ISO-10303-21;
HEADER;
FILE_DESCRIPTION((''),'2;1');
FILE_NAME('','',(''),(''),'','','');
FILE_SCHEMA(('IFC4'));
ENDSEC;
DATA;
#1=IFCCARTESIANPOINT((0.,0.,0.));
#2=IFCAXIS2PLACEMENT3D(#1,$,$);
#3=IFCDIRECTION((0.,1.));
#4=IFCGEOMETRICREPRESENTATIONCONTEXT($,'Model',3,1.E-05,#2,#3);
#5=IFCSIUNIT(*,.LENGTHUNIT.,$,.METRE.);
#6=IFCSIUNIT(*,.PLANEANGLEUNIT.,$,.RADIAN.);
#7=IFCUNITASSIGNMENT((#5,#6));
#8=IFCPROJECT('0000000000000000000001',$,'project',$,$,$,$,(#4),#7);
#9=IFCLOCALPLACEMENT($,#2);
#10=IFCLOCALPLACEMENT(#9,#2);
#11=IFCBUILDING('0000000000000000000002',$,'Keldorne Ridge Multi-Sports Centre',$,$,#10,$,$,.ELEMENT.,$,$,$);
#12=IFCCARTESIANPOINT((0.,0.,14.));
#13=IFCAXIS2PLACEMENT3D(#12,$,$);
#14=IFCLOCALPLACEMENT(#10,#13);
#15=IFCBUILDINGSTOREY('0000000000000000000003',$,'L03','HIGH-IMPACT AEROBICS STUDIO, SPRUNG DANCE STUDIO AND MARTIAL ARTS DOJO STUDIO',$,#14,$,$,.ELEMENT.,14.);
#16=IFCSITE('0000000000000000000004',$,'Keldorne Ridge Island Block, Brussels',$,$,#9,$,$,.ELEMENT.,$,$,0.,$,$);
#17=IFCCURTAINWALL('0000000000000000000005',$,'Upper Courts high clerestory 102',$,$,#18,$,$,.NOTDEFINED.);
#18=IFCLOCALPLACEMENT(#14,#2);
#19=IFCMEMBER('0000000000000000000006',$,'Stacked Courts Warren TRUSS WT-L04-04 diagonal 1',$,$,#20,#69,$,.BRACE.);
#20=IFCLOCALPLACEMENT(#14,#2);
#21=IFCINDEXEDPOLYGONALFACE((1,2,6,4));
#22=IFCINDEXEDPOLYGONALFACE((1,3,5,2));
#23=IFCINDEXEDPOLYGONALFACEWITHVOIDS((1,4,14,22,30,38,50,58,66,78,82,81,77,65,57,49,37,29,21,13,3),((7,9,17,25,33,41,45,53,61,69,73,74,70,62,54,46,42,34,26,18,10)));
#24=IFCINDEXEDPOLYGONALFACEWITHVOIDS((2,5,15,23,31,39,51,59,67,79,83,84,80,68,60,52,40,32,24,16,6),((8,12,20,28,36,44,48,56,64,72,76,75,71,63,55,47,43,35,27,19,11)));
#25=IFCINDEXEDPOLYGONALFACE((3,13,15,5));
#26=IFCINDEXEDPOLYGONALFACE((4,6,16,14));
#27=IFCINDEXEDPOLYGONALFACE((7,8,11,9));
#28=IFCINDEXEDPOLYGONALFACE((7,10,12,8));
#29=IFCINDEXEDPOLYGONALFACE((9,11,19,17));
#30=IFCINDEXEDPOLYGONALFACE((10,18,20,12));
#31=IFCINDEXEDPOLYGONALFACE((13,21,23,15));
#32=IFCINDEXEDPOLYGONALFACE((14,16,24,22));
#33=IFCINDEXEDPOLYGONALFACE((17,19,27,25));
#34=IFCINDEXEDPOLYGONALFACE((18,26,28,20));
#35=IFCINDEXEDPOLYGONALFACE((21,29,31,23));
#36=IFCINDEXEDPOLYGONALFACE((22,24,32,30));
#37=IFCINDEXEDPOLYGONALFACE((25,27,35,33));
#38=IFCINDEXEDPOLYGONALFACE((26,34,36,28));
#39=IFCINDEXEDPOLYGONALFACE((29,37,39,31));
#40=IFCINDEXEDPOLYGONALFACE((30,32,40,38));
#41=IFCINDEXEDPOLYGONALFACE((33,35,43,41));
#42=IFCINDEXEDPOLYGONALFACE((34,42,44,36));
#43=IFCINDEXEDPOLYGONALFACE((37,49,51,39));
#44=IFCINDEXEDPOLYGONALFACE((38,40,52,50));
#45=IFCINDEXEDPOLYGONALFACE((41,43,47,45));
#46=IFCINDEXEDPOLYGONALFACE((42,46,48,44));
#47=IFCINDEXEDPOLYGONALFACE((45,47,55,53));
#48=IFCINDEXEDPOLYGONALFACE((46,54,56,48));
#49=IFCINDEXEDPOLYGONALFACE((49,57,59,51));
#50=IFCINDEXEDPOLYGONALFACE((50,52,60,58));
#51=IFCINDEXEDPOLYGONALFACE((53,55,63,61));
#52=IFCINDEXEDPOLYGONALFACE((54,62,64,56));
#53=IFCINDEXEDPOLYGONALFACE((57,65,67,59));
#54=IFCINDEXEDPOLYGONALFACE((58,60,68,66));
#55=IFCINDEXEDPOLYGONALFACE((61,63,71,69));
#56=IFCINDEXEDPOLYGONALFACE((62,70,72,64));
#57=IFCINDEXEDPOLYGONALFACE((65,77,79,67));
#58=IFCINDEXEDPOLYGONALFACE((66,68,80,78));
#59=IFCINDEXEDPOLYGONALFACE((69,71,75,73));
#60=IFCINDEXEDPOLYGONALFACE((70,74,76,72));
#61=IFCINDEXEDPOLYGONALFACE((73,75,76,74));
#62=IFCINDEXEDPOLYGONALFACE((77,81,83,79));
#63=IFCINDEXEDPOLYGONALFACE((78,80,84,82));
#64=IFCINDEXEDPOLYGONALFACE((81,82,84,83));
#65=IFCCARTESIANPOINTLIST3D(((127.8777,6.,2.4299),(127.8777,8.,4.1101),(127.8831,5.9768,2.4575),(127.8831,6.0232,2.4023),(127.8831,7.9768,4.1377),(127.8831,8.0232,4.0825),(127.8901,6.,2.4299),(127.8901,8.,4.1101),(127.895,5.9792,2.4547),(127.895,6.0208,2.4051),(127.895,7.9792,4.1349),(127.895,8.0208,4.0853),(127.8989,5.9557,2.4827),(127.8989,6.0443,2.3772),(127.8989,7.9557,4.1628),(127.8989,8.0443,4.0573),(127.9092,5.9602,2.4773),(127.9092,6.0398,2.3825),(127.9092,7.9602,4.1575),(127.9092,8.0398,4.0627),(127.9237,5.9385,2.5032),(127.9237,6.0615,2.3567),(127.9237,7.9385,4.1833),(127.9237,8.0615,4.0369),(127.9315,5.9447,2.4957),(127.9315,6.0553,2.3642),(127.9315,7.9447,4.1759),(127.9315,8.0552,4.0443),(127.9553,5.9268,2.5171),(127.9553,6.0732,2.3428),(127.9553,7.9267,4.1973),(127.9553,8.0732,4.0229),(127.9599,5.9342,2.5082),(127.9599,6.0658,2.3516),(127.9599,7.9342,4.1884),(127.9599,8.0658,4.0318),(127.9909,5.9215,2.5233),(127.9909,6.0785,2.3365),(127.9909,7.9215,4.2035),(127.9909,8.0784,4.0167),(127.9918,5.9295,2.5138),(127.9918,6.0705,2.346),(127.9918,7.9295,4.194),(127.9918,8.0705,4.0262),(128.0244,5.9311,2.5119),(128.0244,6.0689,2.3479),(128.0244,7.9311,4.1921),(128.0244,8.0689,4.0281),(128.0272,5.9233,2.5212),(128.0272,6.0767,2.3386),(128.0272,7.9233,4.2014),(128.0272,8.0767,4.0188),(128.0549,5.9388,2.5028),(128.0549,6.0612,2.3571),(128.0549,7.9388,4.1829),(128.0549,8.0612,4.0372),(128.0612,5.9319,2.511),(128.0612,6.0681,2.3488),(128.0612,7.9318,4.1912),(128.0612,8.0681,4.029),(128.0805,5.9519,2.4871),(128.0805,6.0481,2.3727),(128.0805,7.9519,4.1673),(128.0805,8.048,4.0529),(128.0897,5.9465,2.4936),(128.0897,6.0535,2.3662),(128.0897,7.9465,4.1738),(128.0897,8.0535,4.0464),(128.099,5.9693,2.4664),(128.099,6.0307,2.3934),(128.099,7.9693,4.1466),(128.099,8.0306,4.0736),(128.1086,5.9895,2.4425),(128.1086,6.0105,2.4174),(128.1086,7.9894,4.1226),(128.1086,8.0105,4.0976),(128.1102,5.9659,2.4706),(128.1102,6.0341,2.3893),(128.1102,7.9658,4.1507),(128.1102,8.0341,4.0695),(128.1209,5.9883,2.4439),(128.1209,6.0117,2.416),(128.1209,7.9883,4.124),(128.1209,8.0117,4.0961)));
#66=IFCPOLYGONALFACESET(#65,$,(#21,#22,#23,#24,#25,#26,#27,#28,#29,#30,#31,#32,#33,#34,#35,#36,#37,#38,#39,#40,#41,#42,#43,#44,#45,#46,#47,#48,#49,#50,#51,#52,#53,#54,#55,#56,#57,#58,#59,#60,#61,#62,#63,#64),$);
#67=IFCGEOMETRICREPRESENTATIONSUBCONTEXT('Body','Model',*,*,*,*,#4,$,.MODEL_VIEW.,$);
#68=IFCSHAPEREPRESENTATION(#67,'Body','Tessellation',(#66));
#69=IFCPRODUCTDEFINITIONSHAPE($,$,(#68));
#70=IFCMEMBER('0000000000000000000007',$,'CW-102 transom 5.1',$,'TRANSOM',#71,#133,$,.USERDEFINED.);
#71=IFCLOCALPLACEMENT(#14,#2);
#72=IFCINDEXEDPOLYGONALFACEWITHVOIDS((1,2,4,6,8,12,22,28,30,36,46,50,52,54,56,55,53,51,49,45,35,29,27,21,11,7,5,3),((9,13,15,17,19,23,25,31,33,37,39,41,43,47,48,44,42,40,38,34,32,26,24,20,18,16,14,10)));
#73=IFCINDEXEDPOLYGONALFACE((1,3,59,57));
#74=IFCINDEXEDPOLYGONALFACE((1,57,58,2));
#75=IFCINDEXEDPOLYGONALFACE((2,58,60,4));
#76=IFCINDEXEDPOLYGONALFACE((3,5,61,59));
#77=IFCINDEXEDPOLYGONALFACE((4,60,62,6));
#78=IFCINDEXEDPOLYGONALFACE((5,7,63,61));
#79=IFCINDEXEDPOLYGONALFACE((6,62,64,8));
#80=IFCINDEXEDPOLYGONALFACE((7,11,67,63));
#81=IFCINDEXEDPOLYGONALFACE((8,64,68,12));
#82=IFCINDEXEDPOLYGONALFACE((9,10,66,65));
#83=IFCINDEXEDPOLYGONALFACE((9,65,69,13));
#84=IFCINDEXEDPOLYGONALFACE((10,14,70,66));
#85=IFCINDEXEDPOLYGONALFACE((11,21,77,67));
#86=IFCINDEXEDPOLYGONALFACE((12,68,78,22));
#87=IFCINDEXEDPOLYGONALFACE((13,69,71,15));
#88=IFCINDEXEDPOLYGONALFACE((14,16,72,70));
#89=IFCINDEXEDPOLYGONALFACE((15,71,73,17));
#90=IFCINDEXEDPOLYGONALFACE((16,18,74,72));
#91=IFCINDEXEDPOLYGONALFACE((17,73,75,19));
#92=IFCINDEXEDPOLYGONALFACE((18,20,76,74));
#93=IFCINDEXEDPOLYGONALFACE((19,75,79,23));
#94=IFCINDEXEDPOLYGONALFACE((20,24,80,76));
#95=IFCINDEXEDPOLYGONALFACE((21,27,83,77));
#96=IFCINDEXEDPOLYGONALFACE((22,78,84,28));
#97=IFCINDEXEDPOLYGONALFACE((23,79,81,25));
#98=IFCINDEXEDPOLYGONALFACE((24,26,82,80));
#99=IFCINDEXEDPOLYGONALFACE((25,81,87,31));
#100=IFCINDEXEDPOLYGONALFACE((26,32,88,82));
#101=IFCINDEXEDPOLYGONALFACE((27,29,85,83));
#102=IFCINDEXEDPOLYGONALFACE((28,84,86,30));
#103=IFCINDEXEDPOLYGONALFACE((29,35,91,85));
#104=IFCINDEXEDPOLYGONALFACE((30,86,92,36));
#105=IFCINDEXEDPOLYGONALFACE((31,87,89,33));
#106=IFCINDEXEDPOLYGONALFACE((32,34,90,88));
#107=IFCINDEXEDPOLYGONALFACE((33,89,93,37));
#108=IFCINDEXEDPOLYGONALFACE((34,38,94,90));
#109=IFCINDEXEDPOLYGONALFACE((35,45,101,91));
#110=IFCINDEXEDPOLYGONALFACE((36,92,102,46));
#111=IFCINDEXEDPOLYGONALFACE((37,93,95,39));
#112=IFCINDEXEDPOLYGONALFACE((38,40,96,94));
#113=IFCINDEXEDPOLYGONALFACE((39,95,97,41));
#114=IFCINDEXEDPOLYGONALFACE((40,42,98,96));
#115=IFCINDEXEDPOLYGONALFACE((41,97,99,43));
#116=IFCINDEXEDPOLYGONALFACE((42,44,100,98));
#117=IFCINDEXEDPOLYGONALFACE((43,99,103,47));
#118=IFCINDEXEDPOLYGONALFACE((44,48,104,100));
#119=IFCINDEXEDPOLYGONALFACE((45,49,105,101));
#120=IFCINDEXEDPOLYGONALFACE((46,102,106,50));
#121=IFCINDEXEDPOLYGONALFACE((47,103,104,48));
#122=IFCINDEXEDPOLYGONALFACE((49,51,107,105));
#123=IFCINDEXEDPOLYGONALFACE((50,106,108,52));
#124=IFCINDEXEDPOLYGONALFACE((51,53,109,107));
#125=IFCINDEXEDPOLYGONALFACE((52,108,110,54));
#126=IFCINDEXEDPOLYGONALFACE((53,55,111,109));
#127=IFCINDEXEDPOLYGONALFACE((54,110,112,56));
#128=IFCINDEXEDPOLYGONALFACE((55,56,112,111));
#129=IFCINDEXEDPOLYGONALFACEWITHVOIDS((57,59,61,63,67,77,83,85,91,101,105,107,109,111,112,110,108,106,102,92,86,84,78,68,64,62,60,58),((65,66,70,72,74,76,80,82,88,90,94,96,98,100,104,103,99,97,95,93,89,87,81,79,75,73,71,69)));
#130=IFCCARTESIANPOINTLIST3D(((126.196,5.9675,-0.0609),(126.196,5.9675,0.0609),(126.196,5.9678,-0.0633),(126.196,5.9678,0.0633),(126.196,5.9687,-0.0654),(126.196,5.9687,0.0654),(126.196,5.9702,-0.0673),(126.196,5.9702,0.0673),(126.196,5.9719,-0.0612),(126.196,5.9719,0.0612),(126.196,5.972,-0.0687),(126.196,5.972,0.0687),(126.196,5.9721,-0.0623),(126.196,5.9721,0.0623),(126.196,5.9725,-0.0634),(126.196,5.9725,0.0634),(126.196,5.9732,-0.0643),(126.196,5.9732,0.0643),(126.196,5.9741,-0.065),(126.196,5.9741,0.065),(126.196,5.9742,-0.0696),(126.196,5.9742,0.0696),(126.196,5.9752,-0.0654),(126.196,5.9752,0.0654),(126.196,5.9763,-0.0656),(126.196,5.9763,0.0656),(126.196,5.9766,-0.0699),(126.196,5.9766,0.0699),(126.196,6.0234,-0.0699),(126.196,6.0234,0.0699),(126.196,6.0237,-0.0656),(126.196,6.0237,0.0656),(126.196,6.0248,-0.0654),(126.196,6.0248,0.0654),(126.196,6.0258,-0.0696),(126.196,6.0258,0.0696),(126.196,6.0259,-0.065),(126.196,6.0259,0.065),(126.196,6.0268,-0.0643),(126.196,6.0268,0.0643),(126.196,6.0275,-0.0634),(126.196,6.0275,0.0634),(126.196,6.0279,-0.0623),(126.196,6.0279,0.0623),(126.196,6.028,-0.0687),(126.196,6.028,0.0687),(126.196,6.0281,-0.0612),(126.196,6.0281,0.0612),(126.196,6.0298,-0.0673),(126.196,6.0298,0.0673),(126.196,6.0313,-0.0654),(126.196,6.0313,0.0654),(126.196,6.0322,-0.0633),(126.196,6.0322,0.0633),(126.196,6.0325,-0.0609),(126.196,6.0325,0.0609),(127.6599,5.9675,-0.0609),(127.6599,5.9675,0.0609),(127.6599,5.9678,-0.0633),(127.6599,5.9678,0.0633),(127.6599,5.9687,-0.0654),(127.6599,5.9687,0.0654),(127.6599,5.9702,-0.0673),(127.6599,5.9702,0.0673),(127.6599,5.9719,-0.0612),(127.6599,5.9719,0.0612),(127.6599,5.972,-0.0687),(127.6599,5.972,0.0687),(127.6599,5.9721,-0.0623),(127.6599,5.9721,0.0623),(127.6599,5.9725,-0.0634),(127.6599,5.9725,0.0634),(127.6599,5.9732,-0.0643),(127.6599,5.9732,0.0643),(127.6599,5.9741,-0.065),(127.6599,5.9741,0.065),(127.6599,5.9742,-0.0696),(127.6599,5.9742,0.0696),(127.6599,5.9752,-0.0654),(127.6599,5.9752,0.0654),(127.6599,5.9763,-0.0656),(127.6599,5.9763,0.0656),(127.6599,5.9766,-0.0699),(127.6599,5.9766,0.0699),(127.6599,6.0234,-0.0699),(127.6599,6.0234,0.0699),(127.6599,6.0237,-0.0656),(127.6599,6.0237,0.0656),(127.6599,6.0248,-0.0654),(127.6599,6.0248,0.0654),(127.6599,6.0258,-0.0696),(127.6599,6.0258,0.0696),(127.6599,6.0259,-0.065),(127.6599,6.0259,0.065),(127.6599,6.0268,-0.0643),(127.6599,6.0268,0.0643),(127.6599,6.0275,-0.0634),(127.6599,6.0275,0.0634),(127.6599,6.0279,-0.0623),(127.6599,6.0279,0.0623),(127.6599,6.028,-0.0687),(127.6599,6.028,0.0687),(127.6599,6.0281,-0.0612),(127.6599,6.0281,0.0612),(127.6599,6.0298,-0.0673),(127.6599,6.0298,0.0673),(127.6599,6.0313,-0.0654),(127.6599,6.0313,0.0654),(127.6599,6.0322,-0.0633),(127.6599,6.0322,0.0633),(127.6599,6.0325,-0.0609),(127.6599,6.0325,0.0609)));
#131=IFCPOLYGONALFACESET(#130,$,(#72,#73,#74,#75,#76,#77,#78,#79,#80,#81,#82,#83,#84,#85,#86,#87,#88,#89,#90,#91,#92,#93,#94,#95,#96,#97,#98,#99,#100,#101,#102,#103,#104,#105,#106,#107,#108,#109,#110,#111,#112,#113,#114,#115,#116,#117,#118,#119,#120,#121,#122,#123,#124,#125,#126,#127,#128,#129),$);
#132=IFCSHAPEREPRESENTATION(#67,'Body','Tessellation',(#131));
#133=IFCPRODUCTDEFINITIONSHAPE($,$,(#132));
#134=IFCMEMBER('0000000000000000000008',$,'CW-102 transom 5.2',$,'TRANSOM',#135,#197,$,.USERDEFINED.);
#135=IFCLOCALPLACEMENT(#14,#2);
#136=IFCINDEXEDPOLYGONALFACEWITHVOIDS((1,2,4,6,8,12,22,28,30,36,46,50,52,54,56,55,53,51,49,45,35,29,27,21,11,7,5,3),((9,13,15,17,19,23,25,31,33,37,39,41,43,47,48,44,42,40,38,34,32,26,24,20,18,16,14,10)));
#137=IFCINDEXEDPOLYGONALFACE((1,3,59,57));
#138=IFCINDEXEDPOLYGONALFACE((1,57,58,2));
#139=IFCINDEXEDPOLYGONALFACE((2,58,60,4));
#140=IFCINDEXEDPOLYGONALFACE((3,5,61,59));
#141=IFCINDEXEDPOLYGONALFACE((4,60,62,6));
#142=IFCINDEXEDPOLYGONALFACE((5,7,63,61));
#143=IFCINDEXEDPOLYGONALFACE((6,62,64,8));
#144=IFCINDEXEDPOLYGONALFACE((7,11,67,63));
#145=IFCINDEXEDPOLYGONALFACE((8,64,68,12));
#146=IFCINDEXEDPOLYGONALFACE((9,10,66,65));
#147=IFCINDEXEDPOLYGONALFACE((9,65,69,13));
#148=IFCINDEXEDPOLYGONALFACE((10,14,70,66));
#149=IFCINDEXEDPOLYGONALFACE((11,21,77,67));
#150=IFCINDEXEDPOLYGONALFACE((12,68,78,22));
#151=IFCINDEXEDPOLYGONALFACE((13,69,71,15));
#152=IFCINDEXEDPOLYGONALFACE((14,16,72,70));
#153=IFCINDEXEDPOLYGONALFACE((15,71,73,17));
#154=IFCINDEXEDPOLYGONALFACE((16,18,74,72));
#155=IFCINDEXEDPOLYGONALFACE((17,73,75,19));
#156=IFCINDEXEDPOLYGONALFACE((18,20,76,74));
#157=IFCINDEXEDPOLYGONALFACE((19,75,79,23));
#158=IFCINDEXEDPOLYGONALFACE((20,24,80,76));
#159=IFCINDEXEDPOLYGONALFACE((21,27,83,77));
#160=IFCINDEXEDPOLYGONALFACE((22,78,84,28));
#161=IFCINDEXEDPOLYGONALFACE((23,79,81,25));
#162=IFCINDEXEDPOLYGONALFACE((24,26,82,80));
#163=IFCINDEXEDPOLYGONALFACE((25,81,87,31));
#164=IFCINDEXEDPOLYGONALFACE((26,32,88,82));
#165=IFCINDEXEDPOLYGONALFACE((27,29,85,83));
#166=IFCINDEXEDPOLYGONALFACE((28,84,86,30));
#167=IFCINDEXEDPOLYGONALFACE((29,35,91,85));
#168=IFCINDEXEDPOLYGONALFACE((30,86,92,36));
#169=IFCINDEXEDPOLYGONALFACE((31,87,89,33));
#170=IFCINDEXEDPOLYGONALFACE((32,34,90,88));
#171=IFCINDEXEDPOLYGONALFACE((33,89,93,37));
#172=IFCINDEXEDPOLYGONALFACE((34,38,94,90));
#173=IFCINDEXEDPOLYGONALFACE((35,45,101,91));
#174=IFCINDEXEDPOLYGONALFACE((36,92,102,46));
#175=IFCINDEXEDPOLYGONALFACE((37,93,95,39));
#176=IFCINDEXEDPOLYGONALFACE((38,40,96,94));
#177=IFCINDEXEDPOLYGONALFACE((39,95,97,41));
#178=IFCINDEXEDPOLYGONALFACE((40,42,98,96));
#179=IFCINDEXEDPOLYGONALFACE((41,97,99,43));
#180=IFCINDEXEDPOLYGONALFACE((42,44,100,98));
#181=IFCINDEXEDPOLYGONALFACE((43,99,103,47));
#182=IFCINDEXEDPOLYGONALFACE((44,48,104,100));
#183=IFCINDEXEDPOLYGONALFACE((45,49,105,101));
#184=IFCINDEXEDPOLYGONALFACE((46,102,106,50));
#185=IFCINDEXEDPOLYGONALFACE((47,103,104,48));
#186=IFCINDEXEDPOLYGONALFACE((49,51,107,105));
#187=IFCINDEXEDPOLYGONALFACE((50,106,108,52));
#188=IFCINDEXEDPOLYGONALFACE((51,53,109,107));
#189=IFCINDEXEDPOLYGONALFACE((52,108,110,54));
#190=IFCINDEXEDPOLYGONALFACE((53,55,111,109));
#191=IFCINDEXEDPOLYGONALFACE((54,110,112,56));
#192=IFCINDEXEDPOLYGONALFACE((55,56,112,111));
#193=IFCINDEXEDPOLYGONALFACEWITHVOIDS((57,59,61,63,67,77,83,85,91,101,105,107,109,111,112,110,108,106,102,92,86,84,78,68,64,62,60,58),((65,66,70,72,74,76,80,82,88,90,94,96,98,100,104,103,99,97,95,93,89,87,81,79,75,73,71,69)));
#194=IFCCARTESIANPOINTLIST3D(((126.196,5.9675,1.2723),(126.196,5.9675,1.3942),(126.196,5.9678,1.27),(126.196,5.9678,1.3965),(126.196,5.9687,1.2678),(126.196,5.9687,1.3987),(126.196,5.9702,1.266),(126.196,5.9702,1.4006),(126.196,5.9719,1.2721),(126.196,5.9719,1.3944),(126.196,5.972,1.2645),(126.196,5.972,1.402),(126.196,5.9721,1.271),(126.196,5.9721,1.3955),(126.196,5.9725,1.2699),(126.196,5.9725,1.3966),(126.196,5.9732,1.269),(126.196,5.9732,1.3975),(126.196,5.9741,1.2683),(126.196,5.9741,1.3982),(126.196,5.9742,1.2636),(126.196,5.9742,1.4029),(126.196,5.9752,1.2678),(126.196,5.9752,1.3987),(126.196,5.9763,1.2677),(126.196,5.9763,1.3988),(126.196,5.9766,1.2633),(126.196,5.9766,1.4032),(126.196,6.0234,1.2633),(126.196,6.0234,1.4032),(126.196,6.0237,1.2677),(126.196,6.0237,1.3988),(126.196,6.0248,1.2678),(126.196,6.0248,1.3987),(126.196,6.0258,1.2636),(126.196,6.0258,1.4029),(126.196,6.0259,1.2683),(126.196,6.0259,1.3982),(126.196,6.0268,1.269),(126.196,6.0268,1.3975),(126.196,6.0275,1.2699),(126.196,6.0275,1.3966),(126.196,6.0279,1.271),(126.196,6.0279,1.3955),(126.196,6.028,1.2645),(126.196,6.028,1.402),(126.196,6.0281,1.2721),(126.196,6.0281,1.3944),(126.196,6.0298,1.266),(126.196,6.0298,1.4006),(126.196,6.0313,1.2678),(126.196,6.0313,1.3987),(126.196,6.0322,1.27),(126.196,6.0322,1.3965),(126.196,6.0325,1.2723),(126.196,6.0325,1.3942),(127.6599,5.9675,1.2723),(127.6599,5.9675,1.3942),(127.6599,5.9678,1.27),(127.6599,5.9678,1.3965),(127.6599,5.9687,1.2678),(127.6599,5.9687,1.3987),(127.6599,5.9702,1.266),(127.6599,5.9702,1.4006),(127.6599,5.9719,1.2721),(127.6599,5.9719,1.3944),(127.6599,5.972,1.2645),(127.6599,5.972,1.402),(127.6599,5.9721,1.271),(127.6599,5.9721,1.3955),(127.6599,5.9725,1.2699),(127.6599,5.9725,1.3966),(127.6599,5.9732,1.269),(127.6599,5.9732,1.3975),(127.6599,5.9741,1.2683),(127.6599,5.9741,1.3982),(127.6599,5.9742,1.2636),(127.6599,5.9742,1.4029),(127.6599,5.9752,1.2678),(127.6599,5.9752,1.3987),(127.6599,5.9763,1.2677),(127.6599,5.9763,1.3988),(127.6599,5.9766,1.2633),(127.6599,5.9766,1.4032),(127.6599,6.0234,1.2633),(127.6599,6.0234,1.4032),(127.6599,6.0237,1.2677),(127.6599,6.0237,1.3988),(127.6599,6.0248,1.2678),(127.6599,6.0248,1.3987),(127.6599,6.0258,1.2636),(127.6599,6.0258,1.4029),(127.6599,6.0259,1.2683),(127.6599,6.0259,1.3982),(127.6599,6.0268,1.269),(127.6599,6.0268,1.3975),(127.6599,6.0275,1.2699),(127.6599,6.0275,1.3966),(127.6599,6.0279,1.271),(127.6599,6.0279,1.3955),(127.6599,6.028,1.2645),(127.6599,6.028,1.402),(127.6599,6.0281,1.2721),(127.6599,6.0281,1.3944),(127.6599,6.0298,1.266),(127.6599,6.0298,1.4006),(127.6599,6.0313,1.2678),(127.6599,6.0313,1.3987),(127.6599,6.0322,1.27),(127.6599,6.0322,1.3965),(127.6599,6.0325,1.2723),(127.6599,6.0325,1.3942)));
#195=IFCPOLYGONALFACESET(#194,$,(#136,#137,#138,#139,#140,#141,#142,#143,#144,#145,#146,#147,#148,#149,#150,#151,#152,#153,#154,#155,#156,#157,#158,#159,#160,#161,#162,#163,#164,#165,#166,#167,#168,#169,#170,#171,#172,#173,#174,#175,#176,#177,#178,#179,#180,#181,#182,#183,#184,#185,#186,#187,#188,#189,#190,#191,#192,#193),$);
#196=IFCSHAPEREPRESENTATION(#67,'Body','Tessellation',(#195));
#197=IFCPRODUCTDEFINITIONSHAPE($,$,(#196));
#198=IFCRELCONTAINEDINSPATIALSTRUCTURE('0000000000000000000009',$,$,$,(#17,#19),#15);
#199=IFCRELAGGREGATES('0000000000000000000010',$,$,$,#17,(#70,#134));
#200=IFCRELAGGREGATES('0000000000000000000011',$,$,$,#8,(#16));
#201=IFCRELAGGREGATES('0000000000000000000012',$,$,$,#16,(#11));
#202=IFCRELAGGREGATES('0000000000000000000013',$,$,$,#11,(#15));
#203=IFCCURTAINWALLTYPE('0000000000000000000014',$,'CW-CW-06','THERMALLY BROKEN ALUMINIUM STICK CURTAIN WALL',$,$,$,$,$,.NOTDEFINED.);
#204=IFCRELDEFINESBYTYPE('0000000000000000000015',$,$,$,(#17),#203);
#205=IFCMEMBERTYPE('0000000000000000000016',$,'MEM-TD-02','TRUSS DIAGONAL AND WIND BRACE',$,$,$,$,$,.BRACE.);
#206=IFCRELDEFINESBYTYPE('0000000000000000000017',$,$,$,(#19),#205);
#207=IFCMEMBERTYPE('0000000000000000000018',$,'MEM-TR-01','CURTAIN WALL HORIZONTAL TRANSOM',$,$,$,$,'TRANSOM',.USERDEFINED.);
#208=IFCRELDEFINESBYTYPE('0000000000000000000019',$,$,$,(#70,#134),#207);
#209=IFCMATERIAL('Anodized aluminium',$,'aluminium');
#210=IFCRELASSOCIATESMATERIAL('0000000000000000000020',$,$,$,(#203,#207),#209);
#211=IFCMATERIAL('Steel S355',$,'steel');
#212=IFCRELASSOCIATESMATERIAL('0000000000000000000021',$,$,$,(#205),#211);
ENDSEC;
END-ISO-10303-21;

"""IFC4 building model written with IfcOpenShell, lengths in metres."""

from ifc_helpers import new_model, si_unit, direction, frame, origin, origin_2d, place, context, subcontext, project, spatial, hollow_rectangle, hollow_circle, extrude, material, material_profile, profile_set, type_object, element, aggregate, save


model = new_model("IFC4")

# Units and contexts
model_context = context("Model", 3, precision=1e-05, world=origin(), true_north=direction((0.0, 1.0)))
body_context = subcontext(model_context, "Body", "Model", "MODEL_VIEW")
ifc_project = project(units=[si_unit("LENGTHUNIT", "METRE"), si_unit("PLANEANGLEUNIT", "RADIAN")], contexts=[model_context])

# Site, building, storey
site_placement = place(None, origin())
site = spatial("IfcSite", under=ifc_project, at=site_placement, Name="Keldorne Ridge Island Block, Brussels", CompositionType="ELEMENT", RefElevation=0.0)
building_placement = place(site_placement, origin())
building = spatial("IfcBuilding", under=site, at=building_placement, Name="Keldorne Ridge Multi-Sports Centre", CompositionType="ELEMENT")
storey_placement = place(building_placement, frame((0.0, 0.0, 14.0)))
storey = spatial("IfcBuildingStorey", under=building, at=storey_placement, Name="L03", Description="HIGH-IMPACT AEROBICS STUDIO, SPRUNG DANCE STUDIO AND MARTIAL ARTS DOJO STUDIO", CompositionType="ELEMENT", Elevation=14.0)

# Shared definitions
ifc_material_1 = material(Name="Steel S355", Category="steel")

# Curtain wall
ifc_material_2 = material(Name="Anodized aluminium", Category="aluminium")
curtain_wall_type_1 = type_object("IfcCurtainWallType", Name="CW-CW-06", Description="THERMALLY BROKEN ALUMINIUM STICK CURTAIN WALL", PredefinedType="NOTDEFINED", material=ifc_material_2)
curtain_wall_1_placement = place(storey_placement, origin())
curtain_wall_1 = element("IfcCurtainWall", 1, at=curtain_wall_1_placement, inside=storey, type_object=curtain_wall_type_1, Name="Upper Courts high clerestory 102", PredefinedType="NOTDEFINED")

# Member
ifc_material_profile_1 = material_profile(ifc_material_1, hollow_circle(Radius=0.1223, WallThickness=0.0125, at=origin_2d()), Name="CHS 244.5x12.5")
ifc_profile_set_1 = profile_set([ifc_material_profile_1], Name="Steel S355")
member_type_1 = type_object("IfcMemberType", Name="MEM-TD-02", Description="TRUSS DIAGONAL AND WIND BRACE", PredefinedType="BRACE", material=ifc_profile_set_1)
member_1_placement = place(storey_placement, frame((128.0, 6.0, 2.4299), z_axis=(0.0, 0.765672, 0.643232), x_axis=(-1.0, 0.0, 0.0)))
element("IfcMember", 2, at=member_1_placement, inside=storey, type_object=member_type_1, Name="Stacked Courts Warren TRUSS WT-L04-04 diagonal 1", PredefinedType="BRACE", context=body_context, shape_type="SweptSolid", body=[
    extrude(hollow_circle(Radius=0.1223, WallThickness=0.0125, at=origin_2d()), origin(), (0.0, 0.0, 1.0), 2.6121),
])

# Members
ifc_material_profile_2 = material_profile(ifc_material_2, hollow_rectangle(XDim=0.0649, YDim=0.1399, WallThickness=0.0044, InnerFilletRadius=0.0044, OuterFilletRadius=0.009, at=origin_2d()), Name="ALU TRANSOM 140x65x4.5")
ifc_profile_set_2 = profile_set([ifc_material_profile_2], Name="Anodized aluminium")
member_type_2 = type_object("IfcMemberType", Name="MEM-TR-01", Description="CURTAIN WALL HORIZONTAL TRANSOM", ElementType="TRANSOM", PredefinedType="USERDEFINED", material=ifc_profile_set_2)
member_2_placement = place(storey_placement, frame((126.196, 6.0, 0.0), z_axis=(1.0, 0.0, 0.0), x_axis=(0.0, 1.0, 0.0)))
member_2 = element("IfcMember", 3, at=member_2_placement, type_object=member_type_2, Name="CW-102 transom 5.1", ObjectType="TRANSOM", PredefinedType="USERDEFINED", context=body_context, shape_type="SweptSolid", body=[
    extrude(hollow_rectangle(XDim=0.0649, YDim=0.1399, WallThickness=0.0044, InnerFilletRadius=0.0044, OuterFilletRadius=0.009, at=origin_2d()), origin(), (0.0, 0.0, 1.0), 1.4639),
])
member_3_placement = place(storey_placement, frame((126.196, 6.0, 1.3333), z_axis=(1.0, 0.0, 0.0), x_axis=(0.0, 1.0, 0.0)))
member_3 = element("IfcMember", 4, at=member_3_placement, type_object=member_type_2, Name="CW-102 transom 5.2", ObjectType="TRANSOM", PredefinedType="USERDEFINED", context=body_context, shape_type="SweptSolid", body=[
    extrude(hollow_rectangle(XDim=0.0649, YDim=0.1399, WallThickness=0.0044, InnerFilletRadius=0.0044, OuterFilletRadius=0.009, at=origin_2d()), origin(), (0.0, 0.0, 1.0), 1.4639),
])

aggregate(curtain_wall_1, [member_2, member_3])

save(model, "model.ifc")
